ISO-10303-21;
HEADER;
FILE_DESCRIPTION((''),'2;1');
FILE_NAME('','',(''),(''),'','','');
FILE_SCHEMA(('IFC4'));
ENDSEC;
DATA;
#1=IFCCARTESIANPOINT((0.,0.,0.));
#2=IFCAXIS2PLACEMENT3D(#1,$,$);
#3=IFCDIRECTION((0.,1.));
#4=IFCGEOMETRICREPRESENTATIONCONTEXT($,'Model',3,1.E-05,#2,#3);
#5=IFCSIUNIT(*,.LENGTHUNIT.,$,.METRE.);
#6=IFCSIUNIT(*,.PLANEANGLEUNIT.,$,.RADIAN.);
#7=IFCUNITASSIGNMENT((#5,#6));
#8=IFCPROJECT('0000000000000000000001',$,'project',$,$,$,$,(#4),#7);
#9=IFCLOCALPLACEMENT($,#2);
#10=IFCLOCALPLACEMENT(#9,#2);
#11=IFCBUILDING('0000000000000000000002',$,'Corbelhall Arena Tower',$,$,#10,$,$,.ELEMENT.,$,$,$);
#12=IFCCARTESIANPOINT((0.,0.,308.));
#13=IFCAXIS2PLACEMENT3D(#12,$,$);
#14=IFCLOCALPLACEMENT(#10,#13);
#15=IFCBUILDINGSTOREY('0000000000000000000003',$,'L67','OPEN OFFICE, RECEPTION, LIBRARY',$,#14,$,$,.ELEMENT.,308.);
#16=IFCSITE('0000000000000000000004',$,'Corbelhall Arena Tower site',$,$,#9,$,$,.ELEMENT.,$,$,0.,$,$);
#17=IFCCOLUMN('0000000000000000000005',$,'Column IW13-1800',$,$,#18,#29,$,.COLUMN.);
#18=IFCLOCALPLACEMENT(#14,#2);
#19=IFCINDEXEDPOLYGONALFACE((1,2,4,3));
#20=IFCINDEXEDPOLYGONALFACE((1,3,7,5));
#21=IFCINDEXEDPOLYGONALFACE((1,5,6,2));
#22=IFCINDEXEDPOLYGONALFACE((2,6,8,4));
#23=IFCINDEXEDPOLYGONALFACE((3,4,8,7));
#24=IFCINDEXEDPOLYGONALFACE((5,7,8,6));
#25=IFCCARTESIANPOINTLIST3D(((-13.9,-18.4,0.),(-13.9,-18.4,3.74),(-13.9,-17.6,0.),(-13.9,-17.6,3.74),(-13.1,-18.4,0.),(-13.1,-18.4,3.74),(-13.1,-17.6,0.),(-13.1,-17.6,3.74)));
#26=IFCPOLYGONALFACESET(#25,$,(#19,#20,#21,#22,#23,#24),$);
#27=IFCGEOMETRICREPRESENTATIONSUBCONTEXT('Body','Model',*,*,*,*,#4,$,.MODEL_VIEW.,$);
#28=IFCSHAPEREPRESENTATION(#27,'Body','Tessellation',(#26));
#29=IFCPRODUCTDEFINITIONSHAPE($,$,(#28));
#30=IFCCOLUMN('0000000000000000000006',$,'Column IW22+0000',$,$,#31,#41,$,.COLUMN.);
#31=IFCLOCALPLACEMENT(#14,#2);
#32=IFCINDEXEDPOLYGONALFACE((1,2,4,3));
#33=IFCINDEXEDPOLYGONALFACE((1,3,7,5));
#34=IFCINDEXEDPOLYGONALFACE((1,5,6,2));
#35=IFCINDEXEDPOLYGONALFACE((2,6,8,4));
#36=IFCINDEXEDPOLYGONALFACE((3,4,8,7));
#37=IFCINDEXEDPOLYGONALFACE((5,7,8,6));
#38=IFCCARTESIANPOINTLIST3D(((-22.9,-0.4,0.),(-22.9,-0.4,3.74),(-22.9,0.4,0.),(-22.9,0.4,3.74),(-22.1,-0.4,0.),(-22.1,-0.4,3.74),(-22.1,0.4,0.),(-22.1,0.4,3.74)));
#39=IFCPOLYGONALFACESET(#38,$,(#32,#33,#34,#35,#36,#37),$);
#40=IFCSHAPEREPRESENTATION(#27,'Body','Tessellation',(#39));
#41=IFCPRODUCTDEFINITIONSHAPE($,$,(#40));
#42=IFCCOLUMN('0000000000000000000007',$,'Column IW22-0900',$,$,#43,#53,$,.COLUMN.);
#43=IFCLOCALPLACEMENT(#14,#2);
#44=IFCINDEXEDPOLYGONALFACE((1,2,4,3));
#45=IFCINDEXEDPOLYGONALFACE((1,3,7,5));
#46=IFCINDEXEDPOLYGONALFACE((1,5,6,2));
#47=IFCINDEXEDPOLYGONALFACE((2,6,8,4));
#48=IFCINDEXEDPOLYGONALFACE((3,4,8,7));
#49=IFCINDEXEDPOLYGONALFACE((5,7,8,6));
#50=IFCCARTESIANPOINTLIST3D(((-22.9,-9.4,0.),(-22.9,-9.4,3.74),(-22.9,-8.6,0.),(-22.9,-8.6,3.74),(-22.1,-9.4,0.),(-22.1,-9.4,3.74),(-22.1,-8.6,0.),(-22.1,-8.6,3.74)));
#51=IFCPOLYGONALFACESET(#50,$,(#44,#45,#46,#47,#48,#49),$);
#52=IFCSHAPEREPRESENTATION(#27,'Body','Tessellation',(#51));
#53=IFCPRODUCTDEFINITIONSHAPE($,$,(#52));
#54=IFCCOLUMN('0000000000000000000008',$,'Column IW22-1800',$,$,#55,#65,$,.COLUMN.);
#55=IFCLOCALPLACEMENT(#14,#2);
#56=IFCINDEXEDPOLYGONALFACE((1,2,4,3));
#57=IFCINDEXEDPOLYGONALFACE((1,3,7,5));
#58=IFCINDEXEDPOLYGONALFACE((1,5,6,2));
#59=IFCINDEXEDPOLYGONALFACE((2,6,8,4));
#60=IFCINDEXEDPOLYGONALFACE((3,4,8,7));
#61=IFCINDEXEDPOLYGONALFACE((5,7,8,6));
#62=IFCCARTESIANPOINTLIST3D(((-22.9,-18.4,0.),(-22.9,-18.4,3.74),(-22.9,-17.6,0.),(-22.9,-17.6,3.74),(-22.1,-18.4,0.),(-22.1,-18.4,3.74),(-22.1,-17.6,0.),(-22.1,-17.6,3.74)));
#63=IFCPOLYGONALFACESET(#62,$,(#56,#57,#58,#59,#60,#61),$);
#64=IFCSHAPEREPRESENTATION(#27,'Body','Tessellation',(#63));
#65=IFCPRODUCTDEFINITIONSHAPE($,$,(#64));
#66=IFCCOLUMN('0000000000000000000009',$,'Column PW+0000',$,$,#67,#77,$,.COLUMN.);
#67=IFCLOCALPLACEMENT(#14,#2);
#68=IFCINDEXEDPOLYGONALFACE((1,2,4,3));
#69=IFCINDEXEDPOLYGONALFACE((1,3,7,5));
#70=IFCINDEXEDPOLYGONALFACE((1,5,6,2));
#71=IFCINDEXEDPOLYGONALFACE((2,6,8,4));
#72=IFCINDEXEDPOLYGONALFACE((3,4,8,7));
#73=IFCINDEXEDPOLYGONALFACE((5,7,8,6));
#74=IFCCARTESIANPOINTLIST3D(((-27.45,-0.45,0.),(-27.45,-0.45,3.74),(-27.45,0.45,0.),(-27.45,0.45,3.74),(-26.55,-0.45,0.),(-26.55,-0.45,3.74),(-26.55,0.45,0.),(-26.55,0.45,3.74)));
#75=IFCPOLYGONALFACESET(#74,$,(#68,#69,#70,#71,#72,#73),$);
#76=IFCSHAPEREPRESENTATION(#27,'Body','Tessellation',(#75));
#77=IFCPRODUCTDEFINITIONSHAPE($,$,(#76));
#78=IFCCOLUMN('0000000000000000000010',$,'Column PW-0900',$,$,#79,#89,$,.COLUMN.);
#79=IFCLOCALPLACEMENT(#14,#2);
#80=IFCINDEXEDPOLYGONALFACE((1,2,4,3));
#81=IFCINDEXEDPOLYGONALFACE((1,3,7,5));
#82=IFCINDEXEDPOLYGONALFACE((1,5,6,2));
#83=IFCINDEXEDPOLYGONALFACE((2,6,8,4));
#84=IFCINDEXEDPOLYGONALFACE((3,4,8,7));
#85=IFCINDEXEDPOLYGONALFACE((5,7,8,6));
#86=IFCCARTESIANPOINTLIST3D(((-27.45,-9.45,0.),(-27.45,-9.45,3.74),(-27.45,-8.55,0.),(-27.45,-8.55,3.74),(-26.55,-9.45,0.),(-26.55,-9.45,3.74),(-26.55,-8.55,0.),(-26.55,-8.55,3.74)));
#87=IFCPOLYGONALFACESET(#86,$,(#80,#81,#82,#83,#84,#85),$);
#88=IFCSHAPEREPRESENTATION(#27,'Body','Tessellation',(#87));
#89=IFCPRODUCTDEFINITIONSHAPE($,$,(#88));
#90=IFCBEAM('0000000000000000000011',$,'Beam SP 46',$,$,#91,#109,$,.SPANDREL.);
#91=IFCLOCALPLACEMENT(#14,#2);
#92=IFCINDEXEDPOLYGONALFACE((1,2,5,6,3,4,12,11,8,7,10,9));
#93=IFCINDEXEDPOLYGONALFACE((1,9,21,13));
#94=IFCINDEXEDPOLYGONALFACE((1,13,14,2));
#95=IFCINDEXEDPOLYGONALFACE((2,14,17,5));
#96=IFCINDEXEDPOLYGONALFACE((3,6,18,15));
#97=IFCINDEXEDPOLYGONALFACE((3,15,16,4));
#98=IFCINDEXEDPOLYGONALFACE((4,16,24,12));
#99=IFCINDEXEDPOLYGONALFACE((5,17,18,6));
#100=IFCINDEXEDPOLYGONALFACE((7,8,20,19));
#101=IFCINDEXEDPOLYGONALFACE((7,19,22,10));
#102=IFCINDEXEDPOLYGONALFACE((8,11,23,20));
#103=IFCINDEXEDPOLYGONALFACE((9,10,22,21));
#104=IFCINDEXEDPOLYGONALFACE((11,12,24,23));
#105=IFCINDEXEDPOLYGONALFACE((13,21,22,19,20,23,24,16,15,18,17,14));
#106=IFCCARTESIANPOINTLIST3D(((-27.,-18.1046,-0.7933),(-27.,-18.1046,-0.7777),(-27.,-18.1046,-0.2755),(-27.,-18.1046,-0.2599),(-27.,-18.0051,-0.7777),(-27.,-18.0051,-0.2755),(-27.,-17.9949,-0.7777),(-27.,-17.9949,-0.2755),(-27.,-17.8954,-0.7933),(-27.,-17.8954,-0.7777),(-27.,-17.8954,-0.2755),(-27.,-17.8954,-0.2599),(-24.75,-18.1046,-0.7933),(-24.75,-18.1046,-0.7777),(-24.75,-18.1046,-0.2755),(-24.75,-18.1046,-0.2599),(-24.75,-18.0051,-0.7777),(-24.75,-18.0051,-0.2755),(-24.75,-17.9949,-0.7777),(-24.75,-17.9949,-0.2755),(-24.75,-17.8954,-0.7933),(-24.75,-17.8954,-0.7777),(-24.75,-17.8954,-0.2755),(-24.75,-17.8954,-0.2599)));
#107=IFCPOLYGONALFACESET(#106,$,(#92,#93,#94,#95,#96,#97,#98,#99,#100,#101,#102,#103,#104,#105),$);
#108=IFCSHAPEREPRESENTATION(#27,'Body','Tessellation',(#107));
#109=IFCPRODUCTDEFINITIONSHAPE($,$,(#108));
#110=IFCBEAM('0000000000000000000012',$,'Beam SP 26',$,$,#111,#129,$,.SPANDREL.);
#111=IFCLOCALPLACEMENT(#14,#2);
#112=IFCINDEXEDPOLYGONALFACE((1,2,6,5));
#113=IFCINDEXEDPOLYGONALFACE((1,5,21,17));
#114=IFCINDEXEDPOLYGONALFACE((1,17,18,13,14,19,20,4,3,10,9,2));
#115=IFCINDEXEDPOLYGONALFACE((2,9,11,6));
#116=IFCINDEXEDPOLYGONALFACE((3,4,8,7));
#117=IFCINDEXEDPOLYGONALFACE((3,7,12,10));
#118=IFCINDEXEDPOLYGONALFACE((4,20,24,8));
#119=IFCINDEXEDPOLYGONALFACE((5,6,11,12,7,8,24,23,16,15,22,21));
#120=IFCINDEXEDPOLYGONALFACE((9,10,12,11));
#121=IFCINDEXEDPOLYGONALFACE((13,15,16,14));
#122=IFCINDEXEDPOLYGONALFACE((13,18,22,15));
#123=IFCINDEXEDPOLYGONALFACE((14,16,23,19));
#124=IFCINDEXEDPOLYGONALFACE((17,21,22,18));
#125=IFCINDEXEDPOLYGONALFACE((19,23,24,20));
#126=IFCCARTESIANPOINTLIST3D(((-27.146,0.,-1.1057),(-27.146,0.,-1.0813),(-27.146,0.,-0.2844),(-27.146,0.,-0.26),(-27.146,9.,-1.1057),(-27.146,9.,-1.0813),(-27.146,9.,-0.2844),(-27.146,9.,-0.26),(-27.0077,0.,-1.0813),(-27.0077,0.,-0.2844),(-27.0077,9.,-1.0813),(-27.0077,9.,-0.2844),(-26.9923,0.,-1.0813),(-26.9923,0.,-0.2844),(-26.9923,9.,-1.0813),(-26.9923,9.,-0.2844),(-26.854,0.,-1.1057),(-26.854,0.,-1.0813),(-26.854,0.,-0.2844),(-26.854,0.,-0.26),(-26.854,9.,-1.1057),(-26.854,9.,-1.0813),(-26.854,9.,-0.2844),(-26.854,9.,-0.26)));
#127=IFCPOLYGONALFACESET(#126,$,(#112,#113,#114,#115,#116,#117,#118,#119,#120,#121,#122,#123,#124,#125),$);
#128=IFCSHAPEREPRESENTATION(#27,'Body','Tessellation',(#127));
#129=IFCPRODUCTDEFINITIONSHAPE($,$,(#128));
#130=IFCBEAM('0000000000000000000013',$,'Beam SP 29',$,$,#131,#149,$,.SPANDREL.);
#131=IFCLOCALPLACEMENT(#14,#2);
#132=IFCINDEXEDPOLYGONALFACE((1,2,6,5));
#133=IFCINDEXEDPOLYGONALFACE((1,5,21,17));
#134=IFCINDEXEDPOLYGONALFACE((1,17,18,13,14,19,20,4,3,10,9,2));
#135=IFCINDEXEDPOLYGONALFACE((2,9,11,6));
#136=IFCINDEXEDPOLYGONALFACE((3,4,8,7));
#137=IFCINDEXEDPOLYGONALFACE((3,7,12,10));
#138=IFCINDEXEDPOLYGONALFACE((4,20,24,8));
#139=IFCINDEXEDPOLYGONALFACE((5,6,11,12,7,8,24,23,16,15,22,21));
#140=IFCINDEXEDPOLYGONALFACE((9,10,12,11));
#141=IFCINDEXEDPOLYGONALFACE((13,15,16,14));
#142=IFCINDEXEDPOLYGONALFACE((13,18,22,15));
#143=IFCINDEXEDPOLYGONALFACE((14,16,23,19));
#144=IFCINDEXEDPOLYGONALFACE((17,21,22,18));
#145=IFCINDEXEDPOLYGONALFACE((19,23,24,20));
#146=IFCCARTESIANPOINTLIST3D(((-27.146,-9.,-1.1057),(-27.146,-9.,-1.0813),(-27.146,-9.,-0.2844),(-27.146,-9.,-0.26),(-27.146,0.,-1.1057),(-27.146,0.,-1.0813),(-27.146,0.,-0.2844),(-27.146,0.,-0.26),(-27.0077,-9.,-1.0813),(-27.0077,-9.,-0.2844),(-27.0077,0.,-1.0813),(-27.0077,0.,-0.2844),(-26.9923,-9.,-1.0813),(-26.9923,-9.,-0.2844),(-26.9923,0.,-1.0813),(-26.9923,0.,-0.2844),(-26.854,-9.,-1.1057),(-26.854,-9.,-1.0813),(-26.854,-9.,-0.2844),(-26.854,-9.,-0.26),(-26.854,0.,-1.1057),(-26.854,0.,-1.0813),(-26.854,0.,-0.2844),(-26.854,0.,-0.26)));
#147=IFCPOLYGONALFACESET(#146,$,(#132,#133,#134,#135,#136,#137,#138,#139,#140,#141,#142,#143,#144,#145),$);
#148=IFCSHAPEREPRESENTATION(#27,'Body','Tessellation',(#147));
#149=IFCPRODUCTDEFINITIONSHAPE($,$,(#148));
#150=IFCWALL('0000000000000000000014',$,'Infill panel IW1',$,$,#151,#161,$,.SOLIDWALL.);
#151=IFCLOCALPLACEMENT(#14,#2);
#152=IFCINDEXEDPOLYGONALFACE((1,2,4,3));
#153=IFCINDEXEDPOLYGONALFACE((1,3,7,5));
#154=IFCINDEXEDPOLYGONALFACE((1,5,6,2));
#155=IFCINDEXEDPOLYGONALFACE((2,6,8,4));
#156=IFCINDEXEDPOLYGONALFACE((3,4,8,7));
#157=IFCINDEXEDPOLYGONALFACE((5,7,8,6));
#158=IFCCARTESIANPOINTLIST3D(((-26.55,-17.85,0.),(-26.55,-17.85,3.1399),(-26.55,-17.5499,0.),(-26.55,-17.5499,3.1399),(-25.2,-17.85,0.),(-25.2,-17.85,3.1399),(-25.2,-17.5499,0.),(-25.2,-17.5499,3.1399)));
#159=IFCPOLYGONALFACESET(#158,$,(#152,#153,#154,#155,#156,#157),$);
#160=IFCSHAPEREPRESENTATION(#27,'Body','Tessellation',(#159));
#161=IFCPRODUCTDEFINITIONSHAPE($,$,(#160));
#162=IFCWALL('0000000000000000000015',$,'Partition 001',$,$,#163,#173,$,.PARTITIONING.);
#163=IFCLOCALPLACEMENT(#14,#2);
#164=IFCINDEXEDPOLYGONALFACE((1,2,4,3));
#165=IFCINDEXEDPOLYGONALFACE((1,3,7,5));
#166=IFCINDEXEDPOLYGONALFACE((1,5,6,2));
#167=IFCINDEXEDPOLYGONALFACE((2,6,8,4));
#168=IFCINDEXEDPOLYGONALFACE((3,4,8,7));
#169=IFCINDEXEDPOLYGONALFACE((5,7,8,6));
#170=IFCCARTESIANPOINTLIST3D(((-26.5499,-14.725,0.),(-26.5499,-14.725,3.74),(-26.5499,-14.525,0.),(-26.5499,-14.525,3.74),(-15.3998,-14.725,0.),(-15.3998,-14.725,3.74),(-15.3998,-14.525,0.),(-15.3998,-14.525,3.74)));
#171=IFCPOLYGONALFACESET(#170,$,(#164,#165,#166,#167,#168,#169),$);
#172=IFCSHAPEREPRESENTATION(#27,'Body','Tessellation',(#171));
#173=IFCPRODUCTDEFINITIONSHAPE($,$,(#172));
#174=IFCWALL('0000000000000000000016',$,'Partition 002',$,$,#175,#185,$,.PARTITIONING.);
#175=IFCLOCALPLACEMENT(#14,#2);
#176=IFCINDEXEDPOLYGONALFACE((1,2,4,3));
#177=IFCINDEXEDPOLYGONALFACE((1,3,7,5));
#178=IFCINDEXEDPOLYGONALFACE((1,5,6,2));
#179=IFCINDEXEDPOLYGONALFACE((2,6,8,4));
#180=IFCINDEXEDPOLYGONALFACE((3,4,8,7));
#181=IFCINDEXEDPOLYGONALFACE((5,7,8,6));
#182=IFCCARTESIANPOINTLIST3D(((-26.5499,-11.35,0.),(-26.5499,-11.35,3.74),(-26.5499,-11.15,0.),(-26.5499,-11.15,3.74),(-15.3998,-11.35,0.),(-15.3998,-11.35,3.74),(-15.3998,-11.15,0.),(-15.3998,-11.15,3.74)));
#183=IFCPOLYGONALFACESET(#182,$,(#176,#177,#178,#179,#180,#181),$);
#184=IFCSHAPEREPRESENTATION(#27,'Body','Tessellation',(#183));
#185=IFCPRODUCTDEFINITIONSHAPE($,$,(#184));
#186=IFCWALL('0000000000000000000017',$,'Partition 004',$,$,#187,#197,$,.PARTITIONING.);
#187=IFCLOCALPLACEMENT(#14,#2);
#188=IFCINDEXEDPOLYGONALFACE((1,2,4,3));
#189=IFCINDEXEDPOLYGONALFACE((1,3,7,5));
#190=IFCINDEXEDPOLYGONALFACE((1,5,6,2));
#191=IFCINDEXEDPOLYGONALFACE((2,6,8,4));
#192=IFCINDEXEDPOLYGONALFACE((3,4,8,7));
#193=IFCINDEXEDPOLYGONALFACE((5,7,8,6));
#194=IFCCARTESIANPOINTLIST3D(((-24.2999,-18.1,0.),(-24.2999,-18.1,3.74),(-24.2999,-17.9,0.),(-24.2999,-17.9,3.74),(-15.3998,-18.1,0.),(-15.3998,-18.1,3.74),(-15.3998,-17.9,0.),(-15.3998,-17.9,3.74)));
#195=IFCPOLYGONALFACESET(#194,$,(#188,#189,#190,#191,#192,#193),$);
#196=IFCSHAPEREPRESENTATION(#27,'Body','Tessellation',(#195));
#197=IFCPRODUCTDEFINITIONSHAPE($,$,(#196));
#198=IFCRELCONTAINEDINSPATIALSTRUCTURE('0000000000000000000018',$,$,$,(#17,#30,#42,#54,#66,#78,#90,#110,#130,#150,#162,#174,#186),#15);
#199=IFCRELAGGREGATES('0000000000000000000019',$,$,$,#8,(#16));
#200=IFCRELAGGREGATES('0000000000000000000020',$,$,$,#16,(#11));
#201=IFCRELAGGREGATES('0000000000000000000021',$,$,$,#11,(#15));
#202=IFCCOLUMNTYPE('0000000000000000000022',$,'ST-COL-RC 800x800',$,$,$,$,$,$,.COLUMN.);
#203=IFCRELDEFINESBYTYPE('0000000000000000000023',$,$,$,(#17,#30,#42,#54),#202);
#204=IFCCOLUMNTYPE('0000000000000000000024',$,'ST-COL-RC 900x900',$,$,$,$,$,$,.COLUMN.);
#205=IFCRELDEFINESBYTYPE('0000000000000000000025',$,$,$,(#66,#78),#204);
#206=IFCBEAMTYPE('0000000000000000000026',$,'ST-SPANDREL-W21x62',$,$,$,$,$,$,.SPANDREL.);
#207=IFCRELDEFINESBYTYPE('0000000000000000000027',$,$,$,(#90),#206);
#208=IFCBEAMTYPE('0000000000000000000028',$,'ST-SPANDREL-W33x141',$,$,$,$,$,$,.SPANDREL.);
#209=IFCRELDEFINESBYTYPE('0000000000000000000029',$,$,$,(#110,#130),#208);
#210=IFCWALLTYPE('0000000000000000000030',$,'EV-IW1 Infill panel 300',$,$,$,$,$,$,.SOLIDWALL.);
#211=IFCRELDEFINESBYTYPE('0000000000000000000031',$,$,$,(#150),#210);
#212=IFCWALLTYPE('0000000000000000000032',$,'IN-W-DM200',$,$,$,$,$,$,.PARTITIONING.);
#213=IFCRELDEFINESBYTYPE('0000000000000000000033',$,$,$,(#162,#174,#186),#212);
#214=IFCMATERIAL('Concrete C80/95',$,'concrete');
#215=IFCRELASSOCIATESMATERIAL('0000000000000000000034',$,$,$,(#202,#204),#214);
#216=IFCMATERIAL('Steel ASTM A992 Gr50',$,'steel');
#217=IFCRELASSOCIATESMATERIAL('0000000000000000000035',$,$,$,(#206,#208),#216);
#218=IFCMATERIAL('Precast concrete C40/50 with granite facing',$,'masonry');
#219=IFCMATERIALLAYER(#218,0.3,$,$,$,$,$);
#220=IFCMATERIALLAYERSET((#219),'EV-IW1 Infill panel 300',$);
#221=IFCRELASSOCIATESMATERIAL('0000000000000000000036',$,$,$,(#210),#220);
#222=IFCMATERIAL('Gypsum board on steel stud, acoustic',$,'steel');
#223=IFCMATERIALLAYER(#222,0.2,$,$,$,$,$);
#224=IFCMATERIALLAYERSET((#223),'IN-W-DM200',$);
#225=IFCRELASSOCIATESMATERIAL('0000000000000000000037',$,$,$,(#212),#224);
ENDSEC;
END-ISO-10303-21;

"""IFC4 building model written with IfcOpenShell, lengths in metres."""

from ifc_helpers import new_model, si_unit, direction, frame, frame_2d, origin, origin_2d, place, context, subcontext, project, spatial, rectangle, i_section, extrude, material, layer, layer_set, material_profile, profile_set, type_object, element, save


model = new_model("IFC4")

# Units and contexts
model_context = context("Model", 3, precision=1e-05, world=origin(), true_north=direction((0.0, 1.0)))
body_context = subcontext(model_context, "Body", "Model", "MODEL_VIEW")
ifc_project = project(units=[si_unit("LENGTHUNIT", "METRE"), si_unit("PLANEANGLEUNIT", "RADIAN")], contexts=[model_context])

# Site, building, storey
site_placement = place(None, origin())
site = spatial("IfcSite", under=ifc_project, at=site_placement, Name="Corbelhall Arena Tower site", CompositionType="ELEMENT", RefElevation=0.0)
building_placement = place(site_placement, origin())
building = spatial("IfcBuilding", under=site, at=building_placement, Name="Corbelhall Arena Tower", CompositionType="ELEMENT")
storey_placement = place(building_placement, frame((0.0, 0.0, 308.0)))
storey = spatial("IfcBuildingStorey", under=building, at=storey_placement, Name="L67", Description="OPEN OFFICE, RECEPTION, LIBRARY", CompositionType="ELEMENT", Elevation=308.0)

# Columns
ifc_material_1 = material(Name="Concrete C80/95", Category="concrete")
ifc_material_profile_1 = material_profile(ifc_material_1, rectangle(XDim=0.8, YDim=0.8, at=origin_2d()))
ifc_profile_set_1 = profile_set([ifc_material_profile_1], Name="Concrete C80/95")
column_type_1 = type_object("IfcColumnType", Name="ST-COL-RC 800x800", PredefinedType="COLUMN", material=ifc_profile_set_1)
for number, where, z_axis, x_axis, name in (
    (1, (-13.5, -18.0, 0.0), (0.0, 0.0, 1.0), (1.0, 0.0, 0.0), "Column IW13-1800"),
    (2, (-22.5, 0.0, 0.0), (0.0, 0.0, 1.0), (1.0, 0.0, 0.0), "Column IW22+0000"),
    (3, (-22.5, -9.0, 0.0), (0.0, 0.0, 1.0), (1.0, 0.0, 0.0), "Column IW22-0900"),
    (4, (-22.5, -18.0, 0.0), (0.0, 0.0, 1.0), (1.0, 0.0, 0.0), "Column IW22-1800"),
):
    element("IfcColumn", number, at=place(storey_placement, frame(where, z_axis=z_axis, x_axis=x_axis)), inside=storey, type_object=column_type_1, Name=name, PredefinedType="COLUMN", context=body_context, shape_type="SweptSolid", body=[
        extrude(rectangle(XDim=0.8, YDim=0.8, at=origin_2d()), origin(), (0.0, 0.0, 1.0), 3.74),
    ])
ifc_material_profile_2 = material_profile(ifc_material_1, rectangle(XDim=0.8999, YDim=0.8999, at=origin_2d()))
ifc_profile_set_2 = profile_set([ifc_material_profile_2], Name="Concrete C80/95")
column_type_2 = type_object("IfcColumnType", Name="ST-COL-RC 900x900", PredefinedType="COLUMN", material=ifc_profile_set_2)
for number, where, z_axis, x_axis, name in (
    (5, (-27.0, 0.0, 0.0), (0.0, 0.0, 1.0), (0.0, 1.0, 0.0), "Column PW+0000"),
    (6, (-27.0, -9.0, 0.0), (0.0, 0.0, 1.0), (0.0, 1.0, 0.0), "Column PW-0900"),
):
    element("IfcColumn", number, at=place(storey_placement, frame(where, z_axis=z_axis, x_axis=x_axis)), inside=storey, type_object=column_type_2, Name=name, PredefinedType="COLUMN", context=body_context, shape_type="SweptSolid", body=[
        extrude(rectangle(XDim=0.8999, YDim=0.8999, at=origin_2d()), origin(), (0.0, 0.0, 1.0), 3.74),
    ])

# Beams
ifc_material_2 = material(Name="Steel ASTM A992 Gr50", Category="steel")
ifc_material_profile_3 = material_profile(ifc_material_2, i_section(OverallWidth=0.2092, OverallDepth=0.5334, WebThickness=0.0103, FlangeThickness=0.0156, at=origin_2d()))
ifc_profile_set_3 = profile_set([ifc_material_profile_3], Name="Steel ASTM A992 Gr50")
beam_type_1 = type_object("IfcBeamType", Name="ST-SPANDREL-W21x62", PredefinedType="SPANDREL", material=ifc_profile_set_3)
beam_placement = place(storey_placement, frame((-24.75, -18.0, -0.5266), z_axis=(-1.0, 0.0, 0.0), x_axis=(0.0, -1.0, 0.0)))
element("IfcBeam", 7, at=beam_placement, inside=storey, type_object=beam_type_1, Name="Beam SP 46", PredefinedType="SPANDREL", context=body_context, shape_type="SweptSolid", body=[
    extrude(i_section(OverallWidth=0.2092, OverallDepth=0.5334, WebThickness=0.0103, FlangeThickness=0.0156, at=origin_2d()), origin(), (0.0, 0.0, 1.0), 2.25),
])
ifc_material_profile_4 = material_profile(ifc_material_2, i_section(OverallWidth=0.292, OverallDepth=0.8457, WebThickness=0.0154, FlangeThickness=0.0244, at=origin_2d()))
ifc_profile_set_4 = profile_set([ifc_material_profile_4], Name="Steel ASTM A992 Gr50")
beam_type_2 = type_object("IfcBeamType", Name="ST-SPANDREL-W33x141", PredefinedType="SPANDREL", material=ifc_profile_set_4)
for number, where, z_axis, x_axis, name in (
    (8, (-27.0, 0.0, -0.6829), (0.0, 1.0, 0.0), (-1.0, 0.0, 0.0), "Beam SP 26"),
    (9, (-27.0, -9.0, -0.6829), (0.0, 1.0, 0.0), (-1.0, 0.0, 0.0), "Beam SP 29"),
):
    element("IfcBeam", number, at=place(storey_placement, frame(where, z_axis=z_axis, x_axis=x_axis)), inside=storey, type_object=beam_type_2, Name=name, PredefinedType="SPANDREL", context=body_context, shape_type="SweptSolid", body=[
        extrude(i_section(OverallWidth=0.292, OverallDepth=0.8457, WebThickness=0.0154, FlangeThickness=0.0244, at=origin_2d()), origin(), (0.0, 0.0, 1.0), 9.0),
    ])

# Shared definitions
ifc_material_3 = material(Name="Precast concrete C40/50 with granite facing", Category="masonry")
ifc_layer_1 = layer(ifc_material_3, 0.3)
ifc_layer_set_1 = layer_set([ifc_layer_1], Name="EV-IW1 Infill panel 300")
wall_type_1 = type_object("IfcWallType", Name="EV-IW1 Infill panel 300", PredefinedType="SOLIDWALL", material=ifc_layer_set_1)

# Walls
wall_1_placement = place(storey_placement, frame((-26.55, -17.7, 0.0), z_axis=(0.0, 0.0, 1.0), x_axis=(1.0, 0.0, 0.0)))
element("IfcWall", 10, at=wall_1_placement, inside=storey, type_object=wall_type_1, Name="Infill panel IW1", PredefinedType="SOLIDWALL", context=body_context, shape_type="SweptSolid", body=[
    extrude(rectangle(XDim=1.3501, YDim=0.3, at=frame_2d((0.675, 0.0))), origin(), (0.0, 0.0, 1.0), 3.1399),
])
ifc_material_4 = material(Name="Gypsum board on steel stud, acoustic", Category="steel")
ifc_layer_2 = layer(ifc_material_4, 0.2)
ifc_layer_set_2 = layer_set([ifc_layer_2], Name="IN-W-DM200")
wall_type_2 = type_object("IfcWallType", Name="IN-W-DM200", PredefinedType="PARTITIONING", material=ifc_layer_set_2)
for number, where, z_axis, x_axis, name in (
    (11, (-26.55, -14.625, 0.0), (0.0, 0.0, 1.0), (1.0, 0.0, 0.0), "Partition 001"),
    (12, (-26.55, -11.25, 0.0), (0.0, 0.0, 1.0), (1.0, 0.0, 0.0), "Partition 002"),
):
    element("IfcWall", number, at=place(storey_placement, frame(where, z_axis=z_axis, x_axis=x_axis)), inside=storey, type_object=wall_type_2, Name=name, PredefinedType="PARTITIONING", context=body_context, shape_type="SweptSolid", body=[
        extrude(rectangle(XDim=11.1501, YDim=0.2, at=frame_2d((5.5752, 0.0))), origin(), (0.0, 0.0, 1.0), 3.74),
    ])
wall_2_placement = place(storey_placement, frame((-24.3, -18.0, 0.0), z_axis=(0.0, 0.0, 1.0), x_axis=(1.0, 0.0, 0.0)))
element("IfcWall", 13, at=wall_2_placement, inside=storey, type_object=wall_type_2, Name="Partition 004", PredefinedType="PARTITIONING", context=body_context, shape_type="SweptSolid", body=[
    extrude(rectangle(XDim=8.9001, YDim=0.2, at=frame_2d((4.4502, 0.0))), origin(), (0.0, 0.0, 1.0), 3.74),
])

save(model, "model.ifc")
